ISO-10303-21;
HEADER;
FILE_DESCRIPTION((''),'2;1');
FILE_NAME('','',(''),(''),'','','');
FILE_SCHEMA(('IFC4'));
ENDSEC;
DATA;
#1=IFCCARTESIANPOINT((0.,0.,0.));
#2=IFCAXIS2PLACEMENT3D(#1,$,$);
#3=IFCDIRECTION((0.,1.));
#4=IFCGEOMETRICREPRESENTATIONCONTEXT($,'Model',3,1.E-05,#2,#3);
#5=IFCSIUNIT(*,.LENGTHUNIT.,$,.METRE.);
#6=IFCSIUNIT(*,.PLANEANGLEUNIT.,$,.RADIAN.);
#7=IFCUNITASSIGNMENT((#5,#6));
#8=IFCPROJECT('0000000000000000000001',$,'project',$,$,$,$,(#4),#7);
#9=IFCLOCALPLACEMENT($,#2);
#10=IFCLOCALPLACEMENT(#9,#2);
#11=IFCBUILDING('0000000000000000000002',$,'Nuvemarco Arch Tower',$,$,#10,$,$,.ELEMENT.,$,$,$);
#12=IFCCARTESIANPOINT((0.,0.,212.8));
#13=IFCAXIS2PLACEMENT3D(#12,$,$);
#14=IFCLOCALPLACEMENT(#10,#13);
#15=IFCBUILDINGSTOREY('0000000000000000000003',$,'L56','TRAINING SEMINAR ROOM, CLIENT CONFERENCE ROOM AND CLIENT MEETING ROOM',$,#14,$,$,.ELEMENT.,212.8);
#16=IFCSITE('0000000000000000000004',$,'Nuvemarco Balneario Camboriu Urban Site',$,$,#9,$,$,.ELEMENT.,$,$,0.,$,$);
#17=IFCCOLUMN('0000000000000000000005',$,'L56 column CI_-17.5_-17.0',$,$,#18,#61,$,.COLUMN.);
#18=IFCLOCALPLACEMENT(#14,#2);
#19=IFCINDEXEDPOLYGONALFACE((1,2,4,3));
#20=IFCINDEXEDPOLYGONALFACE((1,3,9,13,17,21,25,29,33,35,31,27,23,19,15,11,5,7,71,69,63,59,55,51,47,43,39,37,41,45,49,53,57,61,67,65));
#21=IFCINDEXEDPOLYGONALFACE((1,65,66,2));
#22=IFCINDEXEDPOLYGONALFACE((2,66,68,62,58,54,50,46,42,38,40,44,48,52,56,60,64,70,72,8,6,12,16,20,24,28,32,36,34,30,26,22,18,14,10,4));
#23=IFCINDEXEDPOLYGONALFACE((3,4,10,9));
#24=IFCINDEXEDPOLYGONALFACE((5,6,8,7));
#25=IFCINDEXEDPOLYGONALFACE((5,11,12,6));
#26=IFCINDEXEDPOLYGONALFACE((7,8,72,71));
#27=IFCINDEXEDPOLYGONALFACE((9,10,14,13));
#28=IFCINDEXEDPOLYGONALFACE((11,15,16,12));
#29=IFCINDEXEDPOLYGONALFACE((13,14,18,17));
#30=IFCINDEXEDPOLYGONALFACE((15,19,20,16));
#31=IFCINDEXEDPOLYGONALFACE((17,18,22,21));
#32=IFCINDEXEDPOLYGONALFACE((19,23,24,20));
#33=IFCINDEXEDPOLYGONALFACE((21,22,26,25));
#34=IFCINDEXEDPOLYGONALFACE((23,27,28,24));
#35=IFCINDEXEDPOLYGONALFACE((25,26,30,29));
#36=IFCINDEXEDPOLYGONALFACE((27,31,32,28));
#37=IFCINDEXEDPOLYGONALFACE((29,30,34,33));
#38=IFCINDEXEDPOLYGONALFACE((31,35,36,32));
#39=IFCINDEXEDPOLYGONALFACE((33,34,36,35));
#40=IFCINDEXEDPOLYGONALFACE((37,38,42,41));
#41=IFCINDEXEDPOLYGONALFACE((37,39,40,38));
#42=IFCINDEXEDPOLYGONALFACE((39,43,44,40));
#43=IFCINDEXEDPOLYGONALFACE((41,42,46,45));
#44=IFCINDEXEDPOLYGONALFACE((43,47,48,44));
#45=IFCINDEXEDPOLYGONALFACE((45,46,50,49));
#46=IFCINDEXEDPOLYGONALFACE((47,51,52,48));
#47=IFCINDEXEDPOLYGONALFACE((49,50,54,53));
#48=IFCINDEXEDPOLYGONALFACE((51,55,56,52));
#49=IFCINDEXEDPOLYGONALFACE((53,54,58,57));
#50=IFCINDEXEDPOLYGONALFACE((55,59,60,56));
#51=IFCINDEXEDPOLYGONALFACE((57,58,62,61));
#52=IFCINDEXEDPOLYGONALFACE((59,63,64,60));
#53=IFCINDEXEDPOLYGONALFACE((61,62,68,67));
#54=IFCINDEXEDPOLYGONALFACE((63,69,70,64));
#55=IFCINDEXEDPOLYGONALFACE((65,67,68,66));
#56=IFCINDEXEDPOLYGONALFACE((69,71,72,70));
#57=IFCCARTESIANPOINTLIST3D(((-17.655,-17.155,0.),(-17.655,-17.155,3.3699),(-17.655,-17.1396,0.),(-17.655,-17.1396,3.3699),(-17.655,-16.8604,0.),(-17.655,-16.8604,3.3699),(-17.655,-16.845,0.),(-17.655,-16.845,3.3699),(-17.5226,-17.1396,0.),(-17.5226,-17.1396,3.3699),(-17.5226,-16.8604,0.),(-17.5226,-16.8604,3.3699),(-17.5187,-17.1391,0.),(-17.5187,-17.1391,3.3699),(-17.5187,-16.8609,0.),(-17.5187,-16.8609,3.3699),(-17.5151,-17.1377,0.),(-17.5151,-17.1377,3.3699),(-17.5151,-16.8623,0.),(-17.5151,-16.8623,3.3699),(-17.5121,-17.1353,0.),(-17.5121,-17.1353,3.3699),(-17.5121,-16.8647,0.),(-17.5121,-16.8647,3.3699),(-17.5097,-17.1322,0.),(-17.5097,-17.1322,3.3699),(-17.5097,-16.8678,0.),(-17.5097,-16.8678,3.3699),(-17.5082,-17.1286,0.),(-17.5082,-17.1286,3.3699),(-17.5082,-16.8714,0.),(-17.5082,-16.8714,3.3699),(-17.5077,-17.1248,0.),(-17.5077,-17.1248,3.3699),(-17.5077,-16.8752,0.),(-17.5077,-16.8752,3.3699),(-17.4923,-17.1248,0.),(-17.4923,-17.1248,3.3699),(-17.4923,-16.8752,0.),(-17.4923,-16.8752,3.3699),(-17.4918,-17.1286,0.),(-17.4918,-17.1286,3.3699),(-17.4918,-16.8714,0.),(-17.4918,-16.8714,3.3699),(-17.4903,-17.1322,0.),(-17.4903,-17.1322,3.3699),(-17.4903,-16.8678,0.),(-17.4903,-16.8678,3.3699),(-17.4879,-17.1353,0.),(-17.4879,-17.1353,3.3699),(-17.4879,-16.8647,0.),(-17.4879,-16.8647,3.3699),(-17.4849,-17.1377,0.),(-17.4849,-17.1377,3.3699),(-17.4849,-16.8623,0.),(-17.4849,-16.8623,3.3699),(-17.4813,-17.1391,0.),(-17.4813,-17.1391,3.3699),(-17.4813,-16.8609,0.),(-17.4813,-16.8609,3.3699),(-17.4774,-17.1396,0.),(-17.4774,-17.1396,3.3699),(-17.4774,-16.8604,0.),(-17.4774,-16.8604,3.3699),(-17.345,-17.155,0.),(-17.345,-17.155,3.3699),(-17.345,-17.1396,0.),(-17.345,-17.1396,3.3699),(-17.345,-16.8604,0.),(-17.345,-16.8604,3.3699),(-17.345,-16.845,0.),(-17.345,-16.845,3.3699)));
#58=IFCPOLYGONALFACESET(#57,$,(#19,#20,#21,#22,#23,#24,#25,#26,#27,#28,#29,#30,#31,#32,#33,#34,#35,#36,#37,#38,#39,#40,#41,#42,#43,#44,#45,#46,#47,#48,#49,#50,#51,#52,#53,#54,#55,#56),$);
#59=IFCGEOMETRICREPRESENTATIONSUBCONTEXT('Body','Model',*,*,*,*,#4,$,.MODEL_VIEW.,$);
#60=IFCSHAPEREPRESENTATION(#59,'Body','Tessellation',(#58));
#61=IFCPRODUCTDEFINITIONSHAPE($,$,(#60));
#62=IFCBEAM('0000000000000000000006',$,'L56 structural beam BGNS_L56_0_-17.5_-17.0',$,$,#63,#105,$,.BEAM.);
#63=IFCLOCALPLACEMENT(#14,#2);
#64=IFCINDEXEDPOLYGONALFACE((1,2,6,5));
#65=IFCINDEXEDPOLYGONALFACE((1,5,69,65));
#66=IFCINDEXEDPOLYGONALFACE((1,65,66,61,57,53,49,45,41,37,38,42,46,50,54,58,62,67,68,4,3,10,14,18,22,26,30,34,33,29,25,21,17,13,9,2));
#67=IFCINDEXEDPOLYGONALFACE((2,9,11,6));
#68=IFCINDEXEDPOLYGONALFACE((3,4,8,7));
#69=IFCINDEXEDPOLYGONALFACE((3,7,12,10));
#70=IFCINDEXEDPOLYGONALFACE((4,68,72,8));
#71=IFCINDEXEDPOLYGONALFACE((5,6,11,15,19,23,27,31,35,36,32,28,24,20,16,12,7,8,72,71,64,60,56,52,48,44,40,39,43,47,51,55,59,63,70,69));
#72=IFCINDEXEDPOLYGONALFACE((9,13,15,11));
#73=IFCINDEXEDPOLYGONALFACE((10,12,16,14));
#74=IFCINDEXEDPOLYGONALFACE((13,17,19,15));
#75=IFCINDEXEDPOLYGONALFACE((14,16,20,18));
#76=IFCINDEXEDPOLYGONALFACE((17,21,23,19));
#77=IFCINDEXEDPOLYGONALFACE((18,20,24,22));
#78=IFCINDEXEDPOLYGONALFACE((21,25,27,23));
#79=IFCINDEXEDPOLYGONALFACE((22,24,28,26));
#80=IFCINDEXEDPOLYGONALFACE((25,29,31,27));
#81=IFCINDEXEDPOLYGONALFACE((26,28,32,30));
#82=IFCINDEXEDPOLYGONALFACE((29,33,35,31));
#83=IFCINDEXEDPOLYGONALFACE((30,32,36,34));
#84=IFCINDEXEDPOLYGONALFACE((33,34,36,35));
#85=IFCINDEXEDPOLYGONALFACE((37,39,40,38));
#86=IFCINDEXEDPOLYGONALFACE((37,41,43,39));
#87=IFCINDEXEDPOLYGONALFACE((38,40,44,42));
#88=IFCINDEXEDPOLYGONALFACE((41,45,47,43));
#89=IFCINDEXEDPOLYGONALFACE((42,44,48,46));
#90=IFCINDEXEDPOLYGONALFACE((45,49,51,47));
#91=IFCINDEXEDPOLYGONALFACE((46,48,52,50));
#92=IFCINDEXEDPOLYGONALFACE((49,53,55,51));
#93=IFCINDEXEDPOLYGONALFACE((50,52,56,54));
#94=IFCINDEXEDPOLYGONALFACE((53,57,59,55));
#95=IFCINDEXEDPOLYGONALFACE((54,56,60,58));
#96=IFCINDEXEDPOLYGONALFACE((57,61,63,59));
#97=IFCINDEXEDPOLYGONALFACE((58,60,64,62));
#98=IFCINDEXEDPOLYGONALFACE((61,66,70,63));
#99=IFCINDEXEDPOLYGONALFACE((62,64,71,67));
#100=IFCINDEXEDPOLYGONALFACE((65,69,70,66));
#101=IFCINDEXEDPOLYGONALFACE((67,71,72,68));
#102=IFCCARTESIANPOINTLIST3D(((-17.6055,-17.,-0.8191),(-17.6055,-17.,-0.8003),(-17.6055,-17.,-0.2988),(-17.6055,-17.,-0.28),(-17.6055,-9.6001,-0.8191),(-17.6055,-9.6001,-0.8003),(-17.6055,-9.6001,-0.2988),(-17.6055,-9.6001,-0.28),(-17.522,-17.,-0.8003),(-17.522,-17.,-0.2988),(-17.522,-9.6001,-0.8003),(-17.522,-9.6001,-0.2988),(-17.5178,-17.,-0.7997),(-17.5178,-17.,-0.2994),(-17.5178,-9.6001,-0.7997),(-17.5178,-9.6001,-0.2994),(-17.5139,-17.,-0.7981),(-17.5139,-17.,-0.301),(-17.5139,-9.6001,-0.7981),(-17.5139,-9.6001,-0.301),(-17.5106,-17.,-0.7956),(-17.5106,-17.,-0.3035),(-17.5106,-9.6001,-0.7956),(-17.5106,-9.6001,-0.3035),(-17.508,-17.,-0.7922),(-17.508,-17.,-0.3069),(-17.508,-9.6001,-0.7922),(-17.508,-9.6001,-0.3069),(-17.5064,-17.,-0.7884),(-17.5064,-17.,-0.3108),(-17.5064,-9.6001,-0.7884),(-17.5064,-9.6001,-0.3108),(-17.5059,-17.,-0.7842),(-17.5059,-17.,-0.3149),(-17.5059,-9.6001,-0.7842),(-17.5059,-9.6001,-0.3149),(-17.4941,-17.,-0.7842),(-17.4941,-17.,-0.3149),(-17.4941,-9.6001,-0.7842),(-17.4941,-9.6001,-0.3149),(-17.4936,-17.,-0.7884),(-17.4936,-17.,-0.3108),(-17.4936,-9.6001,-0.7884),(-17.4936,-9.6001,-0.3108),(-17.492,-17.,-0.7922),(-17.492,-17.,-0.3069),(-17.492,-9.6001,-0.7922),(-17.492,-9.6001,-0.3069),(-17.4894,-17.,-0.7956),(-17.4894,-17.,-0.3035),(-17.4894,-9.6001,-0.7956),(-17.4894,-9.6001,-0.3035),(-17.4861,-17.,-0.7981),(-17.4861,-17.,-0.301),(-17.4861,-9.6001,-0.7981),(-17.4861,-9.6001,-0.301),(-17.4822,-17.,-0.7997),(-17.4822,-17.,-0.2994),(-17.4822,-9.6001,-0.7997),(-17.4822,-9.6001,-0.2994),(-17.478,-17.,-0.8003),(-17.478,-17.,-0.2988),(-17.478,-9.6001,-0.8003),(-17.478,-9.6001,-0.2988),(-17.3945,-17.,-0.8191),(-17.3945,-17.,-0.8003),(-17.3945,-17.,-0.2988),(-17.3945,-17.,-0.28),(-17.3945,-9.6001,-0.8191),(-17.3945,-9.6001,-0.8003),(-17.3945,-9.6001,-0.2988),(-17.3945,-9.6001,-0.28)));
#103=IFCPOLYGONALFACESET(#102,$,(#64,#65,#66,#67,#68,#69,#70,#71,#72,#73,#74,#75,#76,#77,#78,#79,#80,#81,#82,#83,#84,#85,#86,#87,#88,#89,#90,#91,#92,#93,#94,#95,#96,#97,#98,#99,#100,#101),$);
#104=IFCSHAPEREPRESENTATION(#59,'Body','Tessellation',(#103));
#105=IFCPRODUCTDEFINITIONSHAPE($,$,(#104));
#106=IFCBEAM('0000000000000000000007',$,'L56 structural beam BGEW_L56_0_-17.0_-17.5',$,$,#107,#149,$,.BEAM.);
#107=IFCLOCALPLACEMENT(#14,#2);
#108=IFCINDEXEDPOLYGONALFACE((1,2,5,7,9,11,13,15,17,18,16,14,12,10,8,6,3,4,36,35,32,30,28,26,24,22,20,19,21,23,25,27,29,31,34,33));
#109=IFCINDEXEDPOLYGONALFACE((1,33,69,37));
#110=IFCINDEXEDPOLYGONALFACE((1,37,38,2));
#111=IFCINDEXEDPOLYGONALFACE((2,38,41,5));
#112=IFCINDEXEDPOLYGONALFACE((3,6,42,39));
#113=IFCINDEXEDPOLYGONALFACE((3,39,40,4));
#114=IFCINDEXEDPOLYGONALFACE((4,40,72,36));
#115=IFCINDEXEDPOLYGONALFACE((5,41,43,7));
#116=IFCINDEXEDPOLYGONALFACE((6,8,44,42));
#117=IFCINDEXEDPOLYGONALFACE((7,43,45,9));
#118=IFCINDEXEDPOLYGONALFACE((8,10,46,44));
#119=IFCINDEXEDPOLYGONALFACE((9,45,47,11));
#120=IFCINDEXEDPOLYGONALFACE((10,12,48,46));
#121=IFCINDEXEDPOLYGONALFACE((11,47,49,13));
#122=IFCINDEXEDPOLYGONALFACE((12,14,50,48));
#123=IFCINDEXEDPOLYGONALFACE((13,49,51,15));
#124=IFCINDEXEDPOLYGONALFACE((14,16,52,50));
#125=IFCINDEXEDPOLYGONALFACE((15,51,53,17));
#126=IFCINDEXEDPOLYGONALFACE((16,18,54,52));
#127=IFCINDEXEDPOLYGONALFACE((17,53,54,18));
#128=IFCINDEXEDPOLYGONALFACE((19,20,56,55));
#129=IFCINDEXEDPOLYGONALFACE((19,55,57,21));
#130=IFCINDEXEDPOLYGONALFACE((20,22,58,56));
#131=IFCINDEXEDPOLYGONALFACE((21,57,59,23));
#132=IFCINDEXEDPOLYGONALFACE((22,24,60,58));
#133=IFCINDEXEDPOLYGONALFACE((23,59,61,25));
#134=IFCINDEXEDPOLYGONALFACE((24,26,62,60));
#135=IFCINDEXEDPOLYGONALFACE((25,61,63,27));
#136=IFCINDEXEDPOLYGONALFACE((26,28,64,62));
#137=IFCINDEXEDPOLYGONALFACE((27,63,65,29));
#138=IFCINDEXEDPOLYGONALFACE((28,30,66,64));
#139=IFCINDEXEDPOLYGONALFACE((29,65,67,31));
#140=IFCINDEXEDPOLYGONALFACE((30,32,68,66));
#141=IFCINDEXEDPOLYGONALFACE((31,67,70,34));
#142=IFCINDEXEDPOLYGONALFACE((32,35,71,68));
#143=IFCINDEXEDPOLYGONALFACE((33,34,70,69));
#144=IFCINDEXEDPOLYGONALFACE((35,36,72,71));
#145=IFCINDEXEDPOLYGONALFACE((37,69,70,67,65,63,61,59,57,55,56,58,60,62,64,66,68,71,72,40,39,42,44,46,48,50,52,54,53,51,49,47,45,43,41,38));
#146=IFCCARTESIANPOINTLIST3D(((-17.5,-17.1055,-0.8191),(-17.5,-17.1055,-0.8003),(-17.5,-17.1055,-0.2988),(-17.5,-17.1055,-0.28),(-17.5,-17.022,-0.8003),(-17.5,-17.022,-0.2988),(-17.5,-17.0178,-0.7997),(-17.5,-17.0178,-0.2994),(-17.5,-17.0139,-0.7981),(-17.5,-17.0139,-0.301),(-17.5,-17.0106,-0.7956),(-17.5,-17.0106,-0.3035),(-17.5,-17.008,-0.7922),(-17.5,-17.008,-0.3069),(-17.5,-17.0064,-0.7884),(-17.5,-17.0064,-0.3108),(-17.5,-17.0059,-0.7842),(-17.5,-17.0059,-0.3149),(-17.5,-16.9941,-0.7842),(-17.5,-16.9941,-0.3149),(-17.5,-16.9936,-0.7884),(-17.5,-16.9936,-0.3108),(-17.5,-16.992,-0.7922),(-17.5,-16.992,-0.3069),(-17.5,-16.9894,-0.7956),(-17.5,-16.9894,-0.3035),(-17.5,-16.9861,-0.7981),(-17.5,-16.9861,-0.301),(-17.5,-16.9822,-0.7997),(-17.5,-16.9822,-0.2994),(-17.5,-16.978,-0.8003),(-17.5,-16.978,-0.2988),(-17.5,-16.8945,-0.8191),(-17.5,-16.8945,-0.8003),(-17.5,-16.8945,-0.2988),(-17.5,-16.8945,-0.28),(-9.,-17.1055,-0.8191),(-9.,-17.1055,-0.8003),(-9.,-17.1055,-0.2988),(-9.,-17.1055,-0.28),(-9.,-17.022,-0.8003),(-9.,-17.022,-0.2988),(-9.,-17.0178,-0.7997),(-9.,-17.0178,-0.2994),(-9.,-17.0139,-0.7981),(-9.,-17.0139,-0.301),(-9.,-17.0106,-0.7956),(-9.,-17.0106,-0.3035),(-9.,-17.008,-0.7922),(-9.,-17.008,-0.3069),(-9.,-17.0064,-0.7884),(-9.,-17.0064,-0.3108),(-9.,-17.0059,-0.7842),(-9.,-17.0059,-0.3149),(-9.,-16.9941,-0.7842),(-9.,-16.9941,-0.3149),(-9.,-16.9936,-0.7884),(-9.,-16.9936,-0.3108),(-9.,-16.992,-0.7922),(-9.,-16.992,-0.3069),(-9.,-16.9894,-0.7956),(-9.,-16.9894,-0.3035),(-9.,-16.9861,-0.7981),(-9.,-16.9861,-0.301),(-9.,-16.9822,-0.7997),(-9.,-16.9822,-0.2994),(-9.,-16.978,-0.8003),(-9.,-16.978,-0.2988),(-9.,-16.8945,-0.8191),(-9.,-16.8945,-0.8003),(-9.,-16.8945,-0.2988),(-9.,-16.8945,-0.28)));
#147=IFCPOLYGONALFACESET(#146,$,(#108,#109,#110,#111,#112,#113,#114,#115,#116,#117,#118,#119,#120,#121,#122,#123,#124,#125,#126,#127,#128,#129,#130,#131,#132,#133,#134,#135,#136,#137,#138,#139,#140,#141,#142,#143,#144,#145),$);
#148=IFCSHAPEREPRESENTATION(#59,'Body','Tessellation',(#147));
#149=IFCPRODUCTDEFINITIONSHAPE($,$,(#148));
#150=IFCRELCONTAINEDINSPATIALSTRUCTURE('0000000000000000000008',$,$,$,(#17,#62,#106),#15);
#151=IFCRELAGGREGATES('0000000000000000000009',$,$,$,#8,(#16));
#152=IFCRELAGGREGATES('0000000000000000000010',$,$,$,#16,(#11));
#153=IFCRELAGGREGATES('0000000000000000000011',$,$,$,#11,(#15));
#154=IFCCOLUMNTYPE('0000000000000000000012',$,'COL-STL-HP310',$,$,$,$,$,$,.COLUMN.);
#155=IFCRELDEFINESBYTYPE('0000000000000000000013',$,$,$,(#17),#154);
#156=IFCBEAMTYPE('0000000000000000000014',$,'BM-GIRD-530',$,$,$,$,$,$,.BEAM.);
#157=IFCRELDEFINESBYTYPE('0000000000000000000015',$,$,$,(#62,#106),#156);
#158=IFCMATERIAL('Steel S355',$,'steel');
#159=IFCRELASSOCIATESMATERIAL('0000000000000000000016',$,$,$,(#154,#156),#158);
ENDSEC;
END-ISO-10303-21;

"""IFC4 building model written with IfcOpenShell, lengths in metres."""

from ifc_helpers import new_model, si_unit, direction, frame, origin, origin_2d, place, context, subcontext, project, spatial, i_section, extrude, material, material_profile, profile_set, type_object, element, save


model = new_model("IFC4")

# Units and contexts
model_context = context("Model", 3, precision=1e-05, world=origin(), true_north=direction((0.0, 1.0)))
body_context = subcontext(model_context, "Body", "Model", "MODEL_VIEW")
ifc_project = project(units=[si_unit("LENGTHUNIT", "METRE"), si_unit("PLANEANGLEUNIT", "RADIAN")], contexts=[model_context])

# Site, building, storey
site_placement = place(None, origin())
site = spatial("IfcSite", under=ifc_project, at=site_placement, Name="Nuvemarco Balneario Camboriu Urban Site", CompositionType="ELEMENT", RefElevation=0.0)
building_placement = place(site_placement, origin())
building = spatial("IfcBuilding", under=site, at=building_placement, Name="Nuvemarco Arch Tower", CompositionType="ELEMENT")
storey_placement = place(building_placement, frame((0.0, 0.0, 212.8)))
storey = spatial("IfcBuildingStorey", under=building, at=storey_placement, Name="L56", Description="TRAINING SEMINAR ROOM, CLIENT CONFERENCE ROOM AND CLIENT MEETING ROOM", CompositionType="ELEMENT", Elevation=212.8)

# Column
ifc_material_1 = material(Name="Steel S355", Category="steel")
ifc_material_profile_1 = material_profile(ifc_material_1, i_section(OverallWidth=0.3101, OverallDepth=0.3101, WebThickness=0.0154, FlangeThickness=0.0154, FilletRadius=0.0149, at=origin_2d()), Name="HP310x110")
ifc_profile_set_1 = profile_set([ifc_material_profile_1], Name="Steel S355")
column_type = type_object("IfcColumnType", Name="COL-STL-HP310", PredefinedType="COLUMN", material=ifc_profile_set_1)
column_placement = place(storey_placement, frame((-17.5, -17.0, 0.0), z_axis=(0.0, 0.0, 1.0), x_axis=(1.0, 0.0, 0.0)))
element("IfcColumn", 1, at=column_placement, inside=storey, type_object=column_type, Name="L56 column CI_-17.5_-17.0", PredefinedType="COLUMN", context=body_context, shape_type="SweptSolid", body=[
    extrude(i_section(OverallWidth=0.3101, OverallDepth=0.3101, WebThickness=0.0154, FlangeThickness=0.0154, FilletRadius=0.0149, at=origin_2d()), origin(), (0.0, 0.0, 1.0), 3.3699),
])

# Beams
ifc_material_profile_2 = material_profile(ifc_material_1, i_section(OverallWidth=0.2109, OverallDepth=0.5391, WebThickness=0.0117, FlangeThickness=0.0188, FilletRadius=0.0161, at=origin_2d()), Name="W530x109")
ifc_profile_set_2 = profile_set([ifc_material_profile_2], Name="Steel S355")
beam_type = type_object("IfcBeamType", Name="BM-GIRD-530", PredefinedType="BEAM", material=ifc_profile_set_2)
beam_1_placement = place(storey_placement, frame((-17.5, -17.0, -0.5496), z_axis=(0.0, 1.0, 0.0), x_axis=(-1.0, 0.0, 0.0)))
element("IfcBeam", 2, at=beam_1_placement, inside=storey, type_object=beam_type, Name="L56 structural beam BGNS_L56_0_-17.5_-17.0", PredefinedType="BEAM", context=body_context, shape_type="SweptSolid", body=[
    extrude(i_section(OverallWidth=0.2109, OverallDepth=0.5391, WebThickness=0.0117, FlangeThickness=0.0188, FilletRadius=0.0161, at=origin_2d()), origin(), (0.0, 0.0, 1.0), 7.3999),
])
beam_2_placement = place(storey_placement, frame((-17.5, -17.0, -0.5496), z_axis=(1.0, 0.0, 0.0), x_axis=(0.0, 1.0, 0.0)))
element("IfcBeam", 3, at=beam_2_placement, inside=storey, type_object=beam_type, Name="L56 structural beam BGEW_L56_0_-17.0_-17.5", PredefinedType="BEAM", context=body_context, shape_type="SweptSolid", body=[
    extrude(i_section(OverallWidth=0.2109, OverallDepth=0.5391, WebThickness=0.0117, FlangeThickness=0.0188, FilletRadius=0.0161, at=origin_2d()), origin(), (0.0, 0.0, 1.0), 8.5),
])

save(model, "model.ifc")
